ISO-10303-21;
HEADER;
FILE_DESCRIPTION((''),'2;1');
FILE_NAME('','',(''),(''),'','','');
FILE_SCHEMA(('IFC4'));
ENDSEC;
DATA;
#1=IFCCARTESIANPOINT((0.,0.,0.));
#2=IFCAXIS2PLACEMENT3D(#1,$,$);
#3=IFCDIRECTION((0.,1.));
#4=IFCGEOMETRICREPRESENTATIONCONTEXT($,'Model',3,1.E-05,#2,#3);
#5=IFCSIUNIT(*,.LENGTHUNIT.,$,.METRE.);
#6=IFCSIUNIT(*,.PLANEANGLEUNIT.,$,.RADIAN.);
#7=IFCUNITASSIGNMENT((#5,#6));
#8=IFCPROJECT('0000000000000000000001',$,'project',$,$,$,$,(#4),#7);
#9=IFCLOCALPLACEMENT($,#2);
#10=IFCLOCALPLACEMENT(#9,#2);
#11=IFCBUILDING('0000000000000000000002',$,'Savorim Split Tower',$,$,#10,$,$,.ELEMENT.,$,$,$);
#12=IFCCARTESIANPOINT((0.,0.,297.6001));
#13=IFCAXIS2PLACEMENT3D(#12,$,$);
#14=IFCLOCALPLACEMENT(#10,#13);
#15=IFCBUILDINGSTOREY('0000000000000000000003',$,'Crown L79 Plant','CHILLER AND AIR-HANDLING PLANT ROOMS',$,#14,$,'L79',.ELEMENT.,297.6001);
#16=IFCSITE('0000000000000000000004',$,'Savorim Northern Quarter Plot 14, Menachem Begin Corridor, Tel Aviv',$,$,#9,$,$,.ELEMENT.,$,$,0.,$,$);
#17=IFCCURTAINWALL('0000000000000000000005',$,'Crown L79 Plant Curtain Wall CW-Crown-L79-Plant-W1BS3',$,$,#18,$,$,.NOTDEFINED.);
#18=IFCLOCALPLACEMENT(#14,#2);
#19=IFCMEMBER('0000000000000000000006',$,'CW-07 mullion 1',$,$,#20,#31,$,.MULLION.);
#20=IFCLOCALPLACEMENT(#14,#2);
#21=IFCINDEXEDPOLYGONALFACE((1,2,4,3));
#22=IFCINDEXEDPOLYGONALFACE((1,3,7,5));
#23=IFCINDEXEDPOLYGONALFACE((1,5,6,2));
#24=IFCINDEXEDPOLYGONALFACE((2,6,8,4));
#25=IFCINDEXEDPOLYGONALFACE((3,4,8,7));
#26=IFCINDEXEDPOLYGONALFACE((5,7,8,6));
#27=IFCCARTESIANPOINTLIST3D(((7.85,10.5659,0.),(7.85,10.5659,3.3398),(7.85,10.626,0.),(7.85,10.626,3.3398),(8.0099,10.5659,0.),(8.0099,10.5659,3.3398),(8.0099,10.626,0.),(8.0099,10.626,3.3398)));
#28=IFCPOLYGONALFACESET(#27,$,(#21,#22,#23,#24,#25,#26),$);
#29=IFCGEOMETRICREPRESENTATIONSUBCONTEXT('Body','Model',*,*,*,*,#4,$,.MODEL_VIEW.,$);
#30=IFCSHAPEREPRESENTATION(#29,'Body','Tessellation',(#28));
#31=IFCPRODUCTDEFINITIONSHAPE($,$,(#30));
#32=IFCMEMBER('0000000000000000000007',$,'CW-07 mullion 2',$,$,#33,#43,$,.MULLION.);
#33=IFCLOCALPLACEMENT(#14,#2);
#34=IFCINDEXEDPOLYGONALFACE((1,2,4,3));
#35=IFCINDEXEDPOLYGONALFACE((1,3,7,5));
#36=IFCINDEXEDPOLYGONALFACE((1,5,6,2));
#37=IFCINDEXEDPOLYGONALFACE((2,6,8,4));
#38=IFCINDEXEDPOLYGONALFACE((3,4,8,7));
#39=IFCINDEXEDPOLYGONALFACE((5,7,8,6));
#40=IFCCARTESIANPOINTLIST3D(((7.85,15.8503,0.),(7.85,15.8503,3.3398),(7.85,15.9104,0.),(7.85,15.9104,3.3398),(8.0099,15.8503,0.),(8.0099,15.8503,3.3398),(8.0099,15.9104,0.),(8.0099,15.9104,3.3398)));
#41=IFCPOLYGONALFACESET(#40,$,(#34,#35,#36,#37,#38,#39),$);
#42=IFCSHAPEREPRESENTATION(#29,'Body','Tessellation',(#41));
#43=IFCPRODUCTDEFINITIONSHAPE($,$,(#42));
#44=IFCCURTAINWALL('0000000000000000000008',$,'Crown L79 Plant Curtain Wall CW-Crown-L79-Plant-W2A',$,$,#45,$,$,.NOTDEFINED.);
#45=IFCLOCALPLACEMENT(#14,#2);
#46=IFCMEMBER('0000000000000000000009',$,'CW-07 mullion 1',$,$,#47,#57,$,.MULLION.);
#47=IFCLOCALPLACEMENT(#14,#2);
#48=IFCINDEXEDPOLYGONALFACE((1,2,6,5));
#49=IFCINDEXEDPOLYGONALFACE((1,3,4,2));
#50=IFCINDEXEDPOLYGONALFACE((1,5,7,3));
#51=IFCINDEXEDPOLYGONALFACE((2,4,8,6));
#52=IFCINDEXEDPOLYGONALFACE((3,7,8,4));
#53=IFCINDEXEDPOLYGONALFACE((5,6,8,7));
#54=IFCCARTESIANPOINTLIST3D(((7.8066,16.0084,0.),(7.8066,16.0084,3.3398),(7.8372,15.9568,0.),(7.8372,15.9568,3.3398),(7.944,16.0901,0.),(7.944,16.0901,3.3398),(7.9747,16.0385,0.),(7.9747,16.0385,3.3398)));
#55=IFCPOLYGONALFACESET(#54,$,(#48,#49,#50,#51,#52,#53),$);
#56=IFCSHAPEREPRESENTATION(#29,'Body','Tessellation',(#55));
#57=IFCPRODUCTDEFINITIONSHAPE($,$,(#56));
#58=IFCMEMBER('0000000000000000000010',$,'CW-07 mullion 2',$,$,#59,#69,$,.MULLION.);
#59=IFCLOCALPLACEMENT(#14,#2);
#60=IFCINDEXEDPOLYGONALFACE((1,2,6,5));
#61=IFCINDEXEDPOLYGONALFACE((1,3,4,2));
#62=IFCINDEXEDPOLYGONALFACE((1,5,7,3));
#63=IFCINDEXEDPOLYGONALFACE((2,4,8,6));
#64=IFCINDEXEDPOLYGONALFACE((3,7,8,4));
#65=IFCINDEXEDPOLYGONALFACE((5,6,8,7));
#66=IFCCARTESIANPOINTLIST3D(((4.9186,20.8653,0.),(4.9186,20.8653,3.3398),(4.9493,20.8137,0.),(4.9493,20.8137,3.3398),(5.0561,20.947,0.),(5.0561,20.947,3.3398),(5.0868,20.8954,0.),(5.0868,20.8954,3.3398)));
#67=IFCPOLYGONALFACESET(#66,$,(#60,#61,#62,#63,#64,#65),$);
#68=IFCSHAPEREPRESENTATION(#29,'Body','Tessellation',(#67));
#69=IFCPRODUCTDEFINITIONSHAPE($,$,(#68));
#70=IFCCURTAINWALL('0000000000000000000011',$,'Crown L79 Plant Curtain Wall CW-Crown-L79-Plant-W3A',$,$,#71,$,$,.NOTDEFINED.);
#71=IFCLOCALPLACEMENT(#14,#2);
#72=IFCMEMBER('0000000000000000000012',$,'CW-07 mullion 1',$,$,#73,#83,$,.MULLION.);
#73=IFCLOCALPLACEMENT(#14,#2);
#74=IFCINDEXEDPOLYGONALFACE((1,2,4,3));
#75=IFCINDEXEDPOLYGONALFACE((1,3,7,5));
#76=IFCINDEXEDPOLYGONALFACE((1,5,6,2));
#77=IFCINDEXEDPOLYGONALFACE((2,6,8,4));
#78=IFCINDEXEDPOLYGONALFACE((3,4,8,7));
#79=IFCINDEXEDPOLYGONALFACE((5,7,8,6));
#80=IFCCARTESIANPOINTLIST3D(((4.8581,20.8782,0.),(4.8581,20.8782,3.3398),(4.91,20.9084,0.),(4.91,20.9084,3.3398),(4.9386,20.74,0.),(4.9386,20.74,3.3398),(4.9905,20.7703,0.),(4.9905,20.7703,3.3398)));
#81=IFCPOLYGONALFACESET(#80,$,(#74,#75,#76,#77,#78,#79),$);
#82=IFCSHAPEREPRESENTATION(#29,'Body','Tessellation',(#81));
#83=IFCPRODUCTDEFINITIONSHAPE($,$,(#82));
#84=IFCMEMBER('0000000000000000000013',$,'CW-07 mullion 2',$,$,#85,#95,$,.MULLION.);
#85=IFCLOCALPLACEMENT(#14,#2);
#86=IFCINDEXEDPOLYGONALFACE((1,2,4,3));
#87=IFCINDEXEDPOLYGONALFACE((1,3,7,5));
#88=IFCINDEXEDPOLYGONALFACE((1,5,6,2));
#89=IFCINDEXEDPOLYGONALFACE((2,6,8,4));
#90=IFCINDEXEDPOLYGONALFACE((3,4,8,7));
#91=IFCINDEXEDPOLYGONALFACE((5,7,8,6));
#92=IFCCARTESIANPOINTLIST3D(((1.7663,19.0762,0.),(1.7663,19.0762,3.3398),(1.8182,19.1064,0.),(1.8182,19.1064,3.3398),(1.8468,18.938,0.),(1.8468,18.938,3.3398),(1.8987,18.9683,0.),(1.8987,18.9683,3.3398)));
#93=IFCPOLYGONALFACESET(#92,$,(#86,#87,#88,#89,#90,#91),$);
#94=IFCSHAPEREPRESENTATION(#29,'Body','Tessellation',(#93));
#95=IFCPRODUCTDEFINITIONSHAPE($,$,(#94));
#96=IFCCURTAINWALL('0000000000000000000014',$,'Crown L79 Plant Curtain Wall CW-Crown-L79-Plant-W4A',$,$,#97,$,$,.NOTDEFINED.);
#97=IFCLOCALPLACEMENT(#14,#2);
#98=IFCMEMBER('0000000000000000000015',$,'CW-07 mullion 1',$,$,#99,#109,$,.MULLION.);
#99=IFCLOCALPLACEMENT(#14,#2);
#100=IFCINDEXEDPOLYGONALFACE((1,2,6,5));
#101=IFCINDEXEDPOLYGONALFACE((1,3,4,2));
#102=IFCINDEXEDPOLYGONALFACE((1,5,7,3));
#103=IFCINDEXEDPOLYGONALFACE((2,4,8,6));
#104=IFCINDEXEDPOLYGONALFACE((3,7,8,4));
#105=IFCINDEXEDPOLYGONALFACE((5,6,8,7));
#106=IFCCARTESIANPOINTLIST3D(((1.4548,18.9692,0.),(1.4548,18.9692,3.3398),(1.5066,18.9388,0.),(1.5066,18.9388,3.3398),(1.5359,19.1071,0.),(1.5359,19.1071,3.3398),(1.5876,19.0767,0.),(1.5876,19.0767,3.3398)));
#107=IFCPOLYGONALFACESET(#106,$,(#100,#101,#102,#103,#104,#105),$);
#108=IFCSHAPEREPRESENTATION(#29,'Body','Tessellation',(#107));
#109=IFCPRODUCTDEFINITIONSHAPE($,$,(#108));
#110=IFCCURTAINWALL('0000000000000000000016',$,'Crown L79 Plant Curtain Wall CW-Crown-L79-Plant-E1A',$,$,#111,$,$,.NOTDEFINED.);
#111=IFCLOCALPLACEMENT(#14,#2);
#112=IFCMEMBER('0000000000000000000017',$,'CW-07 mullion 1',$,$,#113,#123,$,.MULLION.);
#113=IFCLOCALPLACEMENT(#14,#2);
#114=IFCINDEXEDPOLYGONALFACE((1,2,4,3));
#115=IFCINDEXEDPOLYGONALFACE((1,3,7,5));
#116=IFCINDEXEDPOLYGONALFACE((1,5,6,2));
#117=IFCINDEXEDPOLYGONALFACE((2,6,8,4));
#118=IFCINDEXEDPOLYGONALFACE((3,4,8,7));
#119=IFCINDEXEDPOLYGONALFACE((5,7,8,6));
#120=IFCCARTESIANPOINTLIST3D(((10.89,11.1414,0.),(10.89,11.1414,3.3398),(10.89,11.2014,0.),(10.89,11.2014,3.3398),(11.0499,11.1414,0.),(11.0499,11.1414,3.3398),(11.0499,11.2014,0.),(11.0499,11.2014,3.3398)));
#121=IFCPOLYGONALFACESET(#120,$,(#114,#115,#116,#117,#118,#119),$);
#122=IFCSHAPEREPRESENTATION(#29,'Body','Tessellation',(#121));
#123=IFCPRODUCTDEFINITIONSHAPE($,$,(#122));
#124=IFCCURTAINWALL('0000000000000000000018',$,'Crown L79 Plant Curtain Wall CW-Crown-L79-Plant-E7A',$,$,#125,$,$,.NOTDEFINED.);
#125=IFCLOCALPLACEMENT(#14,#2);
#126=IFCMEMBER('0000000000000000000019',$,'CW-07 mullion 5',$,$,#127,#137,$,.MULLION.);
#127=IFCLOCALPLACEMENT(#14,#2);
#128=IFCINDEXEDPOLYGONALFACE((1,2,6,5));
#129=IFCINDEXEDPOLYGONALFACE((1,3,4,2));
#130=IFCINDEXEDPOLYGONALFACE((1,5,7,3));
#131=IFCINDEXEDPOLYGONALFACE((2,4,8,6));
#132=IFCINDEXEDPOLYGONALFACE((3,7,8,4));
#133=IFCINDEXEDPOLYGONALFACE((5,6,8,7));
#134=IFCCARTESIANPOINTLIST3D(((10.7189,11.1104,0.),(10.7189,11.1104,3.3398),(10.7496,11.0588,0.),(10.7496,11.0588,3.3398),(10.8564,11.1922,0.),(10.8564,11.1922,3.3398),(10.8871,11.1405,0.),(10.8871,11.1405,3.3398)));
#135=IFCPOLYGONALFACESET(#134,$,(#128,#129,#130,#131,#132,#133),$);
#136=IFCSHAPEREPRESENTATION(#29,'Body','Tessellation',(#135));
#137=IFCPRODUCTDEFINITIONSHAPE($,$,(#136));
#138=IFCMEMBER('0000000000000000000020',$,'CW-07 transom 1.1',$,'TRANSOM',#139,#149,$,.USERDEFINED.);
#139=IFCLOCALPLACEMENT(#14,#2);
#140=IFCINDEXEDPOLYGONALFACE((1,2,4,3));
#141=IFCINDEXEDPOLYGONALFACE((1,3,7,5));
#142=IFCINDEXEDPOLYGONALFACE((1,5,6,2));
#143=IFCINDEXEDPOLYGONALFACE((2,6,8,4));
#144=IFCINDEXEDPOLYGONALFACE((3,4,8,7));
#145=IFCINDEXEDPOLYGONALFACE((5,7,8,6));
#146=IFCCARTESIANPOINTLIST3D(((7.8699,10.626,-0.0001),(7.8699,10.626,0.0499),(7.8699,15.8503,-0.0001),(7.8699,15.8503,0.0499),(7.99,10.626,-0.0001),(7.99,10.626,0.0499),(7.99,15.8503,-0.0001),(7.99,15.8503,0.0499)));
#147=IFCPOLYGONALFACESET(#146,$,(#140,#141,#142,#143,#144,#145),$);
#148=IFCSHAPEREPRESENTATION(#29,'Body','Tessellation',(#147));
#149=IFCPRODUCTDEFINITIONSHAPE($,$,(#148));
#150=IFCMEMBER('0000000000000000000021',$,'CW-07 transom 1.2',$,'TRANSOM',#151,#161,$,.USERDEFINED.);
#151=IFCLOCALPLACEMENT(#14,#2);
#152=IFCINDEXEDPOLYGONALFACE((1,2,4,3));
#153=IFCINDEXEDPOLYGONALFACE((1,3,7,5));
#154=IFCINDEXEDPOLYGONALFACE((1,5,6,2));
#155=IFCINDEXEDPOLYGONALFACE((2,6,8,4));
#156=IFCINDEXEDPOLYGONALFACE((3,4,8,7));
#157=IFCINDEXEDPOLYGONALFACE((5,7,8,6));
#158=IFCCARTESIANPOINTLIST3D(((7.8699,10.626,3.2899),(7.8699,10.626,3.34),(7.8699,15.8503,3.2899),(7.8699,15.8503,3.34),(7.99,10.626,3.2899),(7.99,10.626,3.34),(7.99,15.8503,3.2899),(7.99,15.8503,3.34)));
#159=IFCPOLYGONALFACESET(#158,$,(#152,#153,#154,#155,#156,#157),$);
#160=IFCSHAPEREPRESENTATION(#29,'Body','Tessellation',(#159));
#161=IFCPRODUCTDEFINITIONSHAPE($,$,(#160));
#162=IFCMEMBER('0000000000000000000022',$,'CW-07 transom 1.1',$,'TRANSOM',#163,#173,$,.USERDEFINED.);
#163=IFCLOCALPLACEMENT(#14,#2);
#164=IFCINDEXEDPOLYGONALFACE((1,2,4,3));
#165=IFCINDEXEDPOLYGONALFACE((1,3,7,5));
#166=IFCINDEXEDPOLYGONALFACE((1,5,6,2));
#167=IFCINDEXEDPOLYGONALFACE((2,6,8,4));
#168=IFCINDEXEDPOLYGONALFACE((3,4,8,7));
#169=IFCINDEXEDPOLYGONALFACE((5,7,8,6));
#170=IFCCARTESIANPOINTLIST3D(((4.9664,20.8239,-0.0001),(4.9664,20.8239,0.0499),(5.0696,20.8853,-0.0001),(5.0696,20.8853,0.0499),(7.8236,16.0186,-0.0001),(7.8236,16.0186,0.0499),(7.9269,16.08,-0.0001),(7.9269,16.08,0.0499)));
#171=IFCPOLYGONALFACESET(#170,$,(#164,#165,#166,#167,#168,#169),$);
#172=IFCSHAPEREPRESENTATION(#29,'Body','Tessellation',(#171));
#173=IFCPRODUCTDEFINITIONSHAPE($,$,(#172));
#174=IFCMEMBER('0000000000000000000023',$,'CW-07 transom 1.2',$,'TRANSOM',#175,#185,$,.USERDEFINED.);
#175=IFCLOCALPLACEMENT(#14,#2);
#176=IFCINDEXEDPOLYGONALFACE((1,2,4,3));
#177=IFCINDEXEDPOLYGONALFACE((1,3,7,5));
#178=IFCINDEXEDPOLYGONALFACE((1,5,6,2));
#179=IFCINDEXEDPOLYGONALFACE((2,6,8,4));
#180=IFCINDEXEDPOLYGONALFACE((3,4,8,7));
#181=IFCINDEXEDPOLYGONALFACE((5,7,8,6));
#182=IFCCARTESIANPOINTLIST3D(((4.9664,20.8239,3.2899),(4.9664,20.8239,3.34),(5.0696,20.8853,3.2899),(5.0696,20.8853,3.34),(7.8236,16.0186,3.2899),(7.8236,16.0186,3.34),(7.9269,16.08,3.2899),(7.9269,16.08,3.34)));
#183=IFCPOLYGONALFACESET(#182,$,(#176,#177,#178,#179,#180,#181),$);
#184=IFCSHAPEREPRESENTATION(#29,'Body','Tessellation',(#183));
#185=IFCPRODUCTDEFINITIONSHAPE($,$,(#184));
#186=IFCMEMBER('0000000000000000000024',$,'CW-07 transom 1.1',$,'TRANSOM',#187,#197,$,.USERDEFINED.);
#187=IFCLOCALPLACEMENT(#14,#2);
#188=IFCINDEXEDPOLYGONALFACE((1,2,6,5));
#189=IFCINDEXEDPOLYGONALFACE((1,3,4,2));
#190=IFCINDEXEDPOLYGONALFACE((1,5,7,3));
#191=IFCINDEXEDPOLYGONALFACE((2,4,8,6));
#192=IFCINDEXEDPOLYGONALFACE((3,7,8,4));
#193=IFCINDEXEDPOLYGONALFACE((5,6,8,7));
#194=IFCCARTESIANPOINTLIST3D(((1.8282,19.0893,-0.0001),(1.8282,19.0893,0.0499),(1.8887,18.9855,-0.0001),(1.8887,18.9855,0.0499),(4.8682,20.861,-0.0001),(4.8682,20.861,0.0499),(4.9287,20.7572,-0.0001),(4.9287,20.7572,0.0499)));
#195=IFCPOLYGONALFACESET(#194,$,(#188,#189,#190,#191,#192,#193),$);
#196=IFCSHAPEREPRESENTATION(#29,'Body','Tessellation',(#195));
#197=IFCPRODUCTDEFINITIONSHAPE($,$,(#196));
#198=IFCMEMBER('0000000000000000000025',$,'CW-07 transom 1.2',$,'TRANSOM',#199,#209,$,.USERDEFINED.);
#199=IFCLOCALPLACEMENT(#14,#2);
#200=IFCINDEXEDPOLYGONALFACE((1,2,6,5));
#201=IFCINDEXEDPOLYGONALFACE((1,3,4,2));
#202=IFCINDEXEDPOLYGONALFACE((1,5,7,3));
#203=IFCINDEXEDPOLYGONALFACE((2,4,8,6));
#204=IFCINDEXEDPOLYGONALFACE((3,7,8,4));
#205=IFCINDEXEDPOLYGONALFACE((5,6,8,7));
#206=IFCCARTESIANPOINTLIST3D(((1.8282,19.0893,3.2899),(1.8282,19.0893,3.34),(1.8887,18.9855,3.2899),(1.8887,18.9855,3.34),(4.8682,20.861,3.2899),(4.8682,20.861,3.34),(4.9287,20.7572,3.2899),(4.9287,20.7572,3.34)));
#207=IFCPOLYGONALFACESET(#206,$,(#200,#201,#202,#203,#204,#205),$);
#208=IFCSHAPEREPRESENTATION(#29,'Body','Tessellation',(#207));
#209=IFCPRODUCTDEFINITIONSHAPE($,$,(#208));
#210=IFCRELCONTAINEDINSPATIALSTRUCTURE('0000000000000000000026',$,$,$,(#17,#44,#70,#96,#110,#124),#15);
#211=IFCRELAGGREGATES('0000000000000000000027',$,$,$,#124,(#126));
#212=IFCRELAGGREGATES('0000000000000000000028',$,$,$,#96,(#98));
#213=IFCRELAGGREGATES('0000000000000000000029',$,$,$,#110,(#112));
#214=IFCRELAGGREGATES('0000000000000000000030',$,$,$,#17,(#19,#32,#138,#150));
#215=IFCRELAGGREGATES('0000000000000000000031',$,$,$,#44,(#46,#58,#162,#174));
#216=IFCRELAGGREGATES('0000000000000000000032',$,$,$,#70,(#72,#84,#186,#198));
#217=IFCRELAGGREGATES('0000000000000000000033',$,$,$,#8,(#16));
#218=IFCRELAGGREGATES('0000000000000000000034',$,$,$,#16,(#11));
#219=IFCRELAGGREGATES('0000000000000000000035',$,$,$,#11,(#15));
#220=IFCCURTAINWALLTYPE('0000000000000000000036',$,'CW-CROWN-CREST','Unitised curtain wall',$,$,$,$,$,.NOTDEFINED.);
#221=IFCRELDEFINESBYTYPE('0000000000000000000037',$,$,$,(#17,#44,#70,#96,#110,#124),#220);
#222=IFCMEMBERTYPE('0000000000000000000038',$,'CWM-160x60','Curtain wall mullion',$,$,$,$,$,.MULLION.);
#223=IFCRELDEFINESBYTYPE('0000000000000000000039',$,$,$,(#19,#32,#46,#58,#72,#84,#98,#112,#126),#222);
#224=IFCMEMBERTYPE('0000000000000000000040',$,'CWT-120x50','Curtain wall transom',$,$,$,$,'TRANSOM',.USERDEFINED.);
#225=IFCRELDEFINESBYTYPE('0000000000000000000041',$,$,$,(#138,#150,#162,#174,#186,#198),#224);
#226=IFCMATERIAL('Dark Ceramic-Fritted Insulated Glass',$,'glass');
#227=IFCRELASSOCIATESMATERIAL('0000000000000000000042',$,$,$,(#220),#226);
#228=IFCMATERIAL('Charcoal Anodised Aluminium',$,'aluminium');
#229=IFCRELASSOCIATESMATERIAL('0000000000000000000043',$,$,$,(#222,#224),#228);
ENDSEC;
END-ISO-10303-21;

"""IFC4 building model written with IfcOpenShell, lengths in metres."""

from ifc_helpers import new_model, si_unit, direction, frame, origin, origin_2d, place, context, subcontext, project, spatial, rectangle, extrude, material, material_profile, profile_set, type_object, element, aggregate, save


model = new_model("IFC4")

# Units and contexts
model_context = context("Model", 3, precision=1e-05, world=origin(), true_north=direction((0.0, 1.0)))
body_context = subcontext(model_context, "Body", "Model", "MODEL_VIEW")
ifc_project = project(units=[si_unit("LENGTHUNIT", "METRE"), si_unit("PLANEANGLEUNIT", "RADIAN")], contexts=[model_context])

# Site, building, storey
site_placement = place(None, origin())
site = spatial("IfcSite", under=ifc_project, at=site_placement, Name="Savorim Northern Quarter Plot 14, Menachem Begin Corridor, Tel Aviv", CompositionType="ELEMENT", RefElevation=0.0)
building_placement = place(site_placement, origin())
building = spatial("IfcBuilding", under=site, at=building_placement, Name="Savorim Split Tower", CompositionType="ELEMENT")
storey_placement = place(building_placement, frame((0.0, 0.0, 297.6001)))
storey = spatial("IfcBuildingStorey", under=building, at=storey_placement, Name="Crown L79 Plant", Description="CHILLER AND AIR-HANDLING PLANT ROOMS", LongName="L79", CompositionType="ELEMENT", Elevation=297.6001)

# Curtain walls, members
ifc_material_1 = material(Name="Dark Ceramic-Fritted Insulated Glass", Category="glass")
curtain_wall_type = type_object("IfcCurtainWallType", Name="CW-CROWN-CREST", Description="Unitised curtain wall", PredefinedType="NOTDEFINED", material=ifc_material_1)
curtain_wall_1_placement = place(storey_placement, origin())
curtain_wall_1 = element("IfcCurtainWall", 1, at=curtain_wall_1_placement, inside=storey, type_object=curtain_wall_type, Name="Crown L79 Plant Curtain Wall CW-Crown-L79-Plant-W1BS3", PredefinedType="NOTDEFINED")
ifc_material_2 = material(Name="Charcoal Anodised Aluminium", Category="aluminium")
ifc_material_profile_1 = material_profile(ifc_material_2, rectangle(XDim=0.1599, YDim=0.0601, at=origin_2d()), Name="ALU-M 160x60")
ifc_profile_set_1 = profile_set([ifc_material_profile_1], Name="Charcoal Anodised Aluminium")
member_type_1 = type_object("IfcMemberType", Name="CWM-160x60", Description="Curtain wall mullion", PredefinedType="MULLION", material=ifc_profile_set_1)
member_1_placement = place(storey_placement, frame((7.9299, 10.5959, 0.0), z_axis=(0.0, 0.0, 1.0), x_axis=(-1.0, 0.0, 0.0)))
member_1 = element("IfcMember", 2, at=member_1_placement, type_object=member_type_1, Name="CW-07 mullion 1", PredefinedType="MULLION", context=body_context, shape_type="SweptSolid", body=[
    extrude(rectangle(XDim=0.1599, YDim=0.0601, at=origin_2d()), origin(), (0.0, 0.0, 1.0), 3.3398),
])
member_2_placement = place(storey_placement, frame((7.9299, 15.8804, 0.0), z_axis=(0.0, 0.0, 1.0), x_axis=(-1.0, 0.0, 0.0)))
member_2 = element("IfcMember", 3, at=member_2_placement, type_object=member_type_1, Name="CW-07 mullion 2", PredefinedType="MULLION", context=body_context, shape_type="SweptSolid", body=[
    extrude(rectangle(XDim=0.1599, YDim=0.0601, at=origin_2d()), origin(), (0.0, 0.0, 1.0), 3.3398),
])
curtain_wall_2_placement = place(storey_placement, origin())
curtain_wall_2 = element("IfcCurtainWall", 4, at=curtain_wall_2_placement, inside=storey, type_object=curtain_wall_type, Name="Crown L79 Plant Curtain Wall CW-Crown-L79-Plant-W2A", PredefinedType="NOTDEFINED")
member_3_placement = place(storey_placement, frame((7.8906, 16.0234, 0.0), z_axis=(0.0, 0.0, 1.0), x_axis=(-0.859521, -0.5111, 0.0)))
member_3 = element("IfcMember", 5, at=member_3_placement, type_object=member_type_1, Name="CW-07 mullion 1", PredefinedType="MULLION", context=body_context, shape_type="SweptSolid", body=[
    extrude(rectangle(XDim=0.1599, YDim=0.0601, at=origin_2d()), origin(), (0.0, 0.0, 1.0), 3.3398),
])
member_4_placement = place(storey_placement, frame((5.0027, 20.8804, 0.0), z_axis=(0.0, 0.0, 1.0), x_axis=(-0.859521, -0.5111, 0.0)))
member_4 = element("IfcMember", 6, at=member_4_placement, type_object=member_type_1, Name="CW-07 mullion 2", PredefinedType="MULLION", context=body_context, shape_type="SweptSolid", body=[
    extrude(rectangle(XDim=0.1599, YDim=0.0601, at=origin_2d()), origin(), (0.0, 0.0, 1.0), 3.3398),
])
curtain_wall_3_placement = place(storey_placement, origin())
curtain_wall_3 = element("IfcCurtainWall", 7, at=curtain_wall_3_placement, inside=storey, type_object=curtain_wall_type, Name="Crown L79 Plant Curtain Wall CW-Crown-L79-Plant-W3A", PredefinedType="NOTDEFINED")
member_5_placement = place(storey_placement, frame((4.9243, 20.8242, 0.0), z_axis=(0.0, 0.0, 1.0), x_axis=(0.503517, -0.863985, 0.0)))
member_5 = element("IfcMember", 8, at=member_5_placement, type_object=member_type_1, Name="CW-07 mullion 1", PredefinedType="MULLION", context=body_context, shape_type="SweptSolid", body=[
    extrude(rectangle(XDim=0.1599, YDim=0.0601, at=origin_2d()), origin(), (0.0, 0.0, 1.0), 3.3398),
])
member_6_placement = place(storey_placement, frame((1.8325, 19.0222, 0.0), z_axis=(0.0, 0.0, 1.0), x_axis=(0.503517, -0.863985, 0.0)))
member_6 = element("IfcMember", 9, at=member_6_placement, type_object=member_type_1, Name="CW-07 mullion 2", PredefinedType="MULLION", context=body_context, shape_type="SweptSolid", body=[
    extrude(rectangle(XDim=0.1599, YDim=0.0601, at=origin_2d()), origin(), (0.0, 0.0, 1.0), 3.3398),
])

# Curtain walls, members
curtain_wall_4_placement = place(storey_placement, origin())
curtain_wall_4 = element("IfcCurtainWall", 10, at=curtain_wall_4_placement, inside=storey, type_object=curtain_wall_type, Name="Crown L79 Plant Curtain Wall CW-Crown-L79-Plant-W4A", PredefinedType="NOTDEFINED")
member_7_placement = place(storey_placement, frame((1.5212, 19.0229, 0.0), z_axis=(0.0, 0.0, 1.0), x_axis=(-0.506694, -0.862126, 0.0)))
member_7 = element("IfcMember", 11, at=member_7_placement, type_object=member_type_1, Name="CW-07 mullion 1", PredefinedType="MULLION", context=body_context, shape_type="SweptSolid", body=[
    extrude(rectangle(XDim=0.1599, YDim=0.0601, at=origin_2d()), origin(), (0.0, 0.0, 1.0), 3.3398),
])
curtain_wall_5_placement = place(storey_placement, origin())
curtain_wall_5 = element("IfcCurtainWall", 12, at=curtain_wall_5_placement, inside=storey, type_object=curtain_wall_type, Name="Crown L79 Plant Curtain Wall CW-Crown-L79-Plant-E1A", PredefinedType="NOTDEFINED")
member_8_placement = place(storey_placement, frame((10.97, 11.1714, 0.0), z_axis=(0.0, 0.0, 1.0), x_axis=(1.0, 0.0, 0.0)))
member_8 = element("IfcMember", 13, at=member_8_placement, type_object=member_type_1, Name="CW-07 mullion 1", PredefinedType="MULLION", context=body_context, shape_type="SweptSolid", body=[
    extrude(rectangle(XDim=0.1599, YDim=0.0601, at=origin_2d()), origin(), (0.0, 0.0, 1.0), 3.3398),
])
curtain_wall_6_placement = place(storey_placement, origin())
curtain_wall_6 = element("IfcCurtainWall", 14, at=curtain_wall_6_placement, inside=storey, type_object=curtain_wall_type, Name="Crown L79 Plant Curtain Wall CW-Crown-L79-Plant-E7A", PredefinedType="NOTDEFINED")
member_9_placement = place(storey_placement, frame((10.803, 11.1255, 0.0), z_axis=(0.0, 0.0, 1.0), x_axis=(-0.859525, -0.511094, 0.0)))
member_9 = element("IfcMember", 15, at=member_9_placement, type_object=member_type_1, Name="CW-07 mullion 5", PredefinedType="MULLION", context=body_context, shape_type="SweptSolid", body=[
    extrude(rectangle(XDim=0.1599, YDim=0.0601, at=origin_2d()), origin(), (0.0, 0.0, 1.0), 3.3398),
])
aggregate(curtain_wall_6, [member_9])

# Members
ifc_material_profile_2 = material_profile(ifc_material_2, rectangle(XDim=0.1201, YDim=0.05, at=origin_2d()), Name="ALU-T 120x50")
ifc_profile_set_2 = profile_set([ifc_material_profile_2], Name="Charcoal Anodised Aluminium")
member_type_2 = type_object("IfcMemberType", Name="CWT-120x50", Description="Curtain wall transom", ElementType="TRANSOM", PredefinedType="USERDEFINED", material=ifc_profile_set_2)
member_10_placement = place(storey_placement, frame((7.9299, 10.626, 0.0249), z_axis=(0.0, 1.0, 0.0), x_axis=(-1.0, 0.0, 0.0)))
member_10 = element("IfcMember", 16, at=member_10_placement, type_object=member_type_2, Name="CW-07 transom 1.1", ObjectType="TRANSOM", PredefinedType="USERDEFINED", context=body_context, shape_type="SweptSolid", body=[
    extrude(rectangle(XDim=0.1201, YDim=0.05, at=origin_2d()), origin(), (0.0, 0.0, 1.0), 5.2244),
])
member_11_placement = place(storey_placement, frame((7.9299, 10.626, 3.3149), z_axis=(0.0, 1.0, 0.0), x_axis=(-1.0, 0.0, 0.0)))
member_11 = element("IfcMember", 17, at=member_11_placement, type_object=member_type_2, Name="CW-07 transom 1.2", ObjectType="TRANSOM", PredefinedType="USERDEFINED", context=body_context, shape_type="SweptSolid", body=[
    extrude(rectangle(XDim=0.1201, YDim=0.05, at=origin_2d()), origin(), (0.0, 0.0, 1.0), 5.2244),
])
member_12_placement = place(storey_placement, frame((7.8752, 16.0493, 0.0249), z_axis=(-0.511081, 0.859532, 0.0), x_axis=(-0.859532, -0.511081, 0.0)))
member_12 = element("IfcMember", 18, at=member_12_placement, type_object=member_type_2, Name="CW-07 transom 1.1", ObjectType="TRANSOM", PredefinedType="USERDEFINED", context=body_context, shape_type="SweptSolid", body=[
    extrude(rectangle(XDim=0.1201, YDim=0.05, at=origin_2d()), origin(), (0.0, 0.0, 1.0), 5.5906),
])
member_13_placement = place(storey_placement, frame((7.8752, 16.0493, 3.3149), z_axis=(-0.511081, 0.859532, 0.0), x_axis=(-0.859532, -0.511081, 0.0)))
member_13 = element("IfcMember", 19, at=member_13_placement, type_object=member_type_2, Name="CW-07 transom 1.2", ObjectType="TRANSOM", PredefinedType="USERDEFINED", context=body_context, shape_type="SweptSolid", body=[
    extrude(rectangle(XDim=0.1201, YDim=0.05, at=origin_2d()), origin(), (0.0, 0.0, 1.0), 5.5906),
])
member_14_placement = place(storey_placement, frame((4.8984, 20.8091, 0.0249), z_axis=(-0.86398, -0.503526, 0.0), x_axis=(0.503526, -0.86398, 0.0)))
member_14 = element("IfcMember", 20, at=member_14_placement, type_object=member_type_2, Name="CW-07 transom 1.1", ObjectType="TRANSOM", PredefinedType="USERDEFINED", context=body_context, shape_type="SweptSolid", body=[
    extrude(rectangle(XDim=0.1201, YDim=0.05, at=origin_2d()), origin(), (0.0, 0.0, 1.0), 3.5186),
])
member_15_placement = place(storey_placement, frame((4.8984, 20.8091, 3.3149), z_axis=(-0.86398, -0.503526, 0.0), x_axis=(0.503526, -0.86398, 0.0)))
member_15 = element("IfcMember", 21, at=member_15_placement, type_object=member_type_2, Name="CW-07 transom 1.2", ObjectType="TRANSOM", PredefinedType="USERDEFINED", context=body_context, shape_type="SweptSolid", body=[
    extrude(rectangle(XDim=0.1201, YDim=0.05, at=origin_2d()), origin(), (0.0, 0.0, 1.0), 3.5186),
])
aggregate(curtain_wall_4, [member_7])
aggregate(curtain_wall_5, [member_8])

aggregate(curtain_wall_1, [member_1, member_2, member_10, member_11])
aggregate(curtain_wall_2, [member_3, member_4, member_12, member_13])
aggregate(curtain_wall_3, [member_5, member_6, member_14, member_15])

save(model, "model.ifc")
